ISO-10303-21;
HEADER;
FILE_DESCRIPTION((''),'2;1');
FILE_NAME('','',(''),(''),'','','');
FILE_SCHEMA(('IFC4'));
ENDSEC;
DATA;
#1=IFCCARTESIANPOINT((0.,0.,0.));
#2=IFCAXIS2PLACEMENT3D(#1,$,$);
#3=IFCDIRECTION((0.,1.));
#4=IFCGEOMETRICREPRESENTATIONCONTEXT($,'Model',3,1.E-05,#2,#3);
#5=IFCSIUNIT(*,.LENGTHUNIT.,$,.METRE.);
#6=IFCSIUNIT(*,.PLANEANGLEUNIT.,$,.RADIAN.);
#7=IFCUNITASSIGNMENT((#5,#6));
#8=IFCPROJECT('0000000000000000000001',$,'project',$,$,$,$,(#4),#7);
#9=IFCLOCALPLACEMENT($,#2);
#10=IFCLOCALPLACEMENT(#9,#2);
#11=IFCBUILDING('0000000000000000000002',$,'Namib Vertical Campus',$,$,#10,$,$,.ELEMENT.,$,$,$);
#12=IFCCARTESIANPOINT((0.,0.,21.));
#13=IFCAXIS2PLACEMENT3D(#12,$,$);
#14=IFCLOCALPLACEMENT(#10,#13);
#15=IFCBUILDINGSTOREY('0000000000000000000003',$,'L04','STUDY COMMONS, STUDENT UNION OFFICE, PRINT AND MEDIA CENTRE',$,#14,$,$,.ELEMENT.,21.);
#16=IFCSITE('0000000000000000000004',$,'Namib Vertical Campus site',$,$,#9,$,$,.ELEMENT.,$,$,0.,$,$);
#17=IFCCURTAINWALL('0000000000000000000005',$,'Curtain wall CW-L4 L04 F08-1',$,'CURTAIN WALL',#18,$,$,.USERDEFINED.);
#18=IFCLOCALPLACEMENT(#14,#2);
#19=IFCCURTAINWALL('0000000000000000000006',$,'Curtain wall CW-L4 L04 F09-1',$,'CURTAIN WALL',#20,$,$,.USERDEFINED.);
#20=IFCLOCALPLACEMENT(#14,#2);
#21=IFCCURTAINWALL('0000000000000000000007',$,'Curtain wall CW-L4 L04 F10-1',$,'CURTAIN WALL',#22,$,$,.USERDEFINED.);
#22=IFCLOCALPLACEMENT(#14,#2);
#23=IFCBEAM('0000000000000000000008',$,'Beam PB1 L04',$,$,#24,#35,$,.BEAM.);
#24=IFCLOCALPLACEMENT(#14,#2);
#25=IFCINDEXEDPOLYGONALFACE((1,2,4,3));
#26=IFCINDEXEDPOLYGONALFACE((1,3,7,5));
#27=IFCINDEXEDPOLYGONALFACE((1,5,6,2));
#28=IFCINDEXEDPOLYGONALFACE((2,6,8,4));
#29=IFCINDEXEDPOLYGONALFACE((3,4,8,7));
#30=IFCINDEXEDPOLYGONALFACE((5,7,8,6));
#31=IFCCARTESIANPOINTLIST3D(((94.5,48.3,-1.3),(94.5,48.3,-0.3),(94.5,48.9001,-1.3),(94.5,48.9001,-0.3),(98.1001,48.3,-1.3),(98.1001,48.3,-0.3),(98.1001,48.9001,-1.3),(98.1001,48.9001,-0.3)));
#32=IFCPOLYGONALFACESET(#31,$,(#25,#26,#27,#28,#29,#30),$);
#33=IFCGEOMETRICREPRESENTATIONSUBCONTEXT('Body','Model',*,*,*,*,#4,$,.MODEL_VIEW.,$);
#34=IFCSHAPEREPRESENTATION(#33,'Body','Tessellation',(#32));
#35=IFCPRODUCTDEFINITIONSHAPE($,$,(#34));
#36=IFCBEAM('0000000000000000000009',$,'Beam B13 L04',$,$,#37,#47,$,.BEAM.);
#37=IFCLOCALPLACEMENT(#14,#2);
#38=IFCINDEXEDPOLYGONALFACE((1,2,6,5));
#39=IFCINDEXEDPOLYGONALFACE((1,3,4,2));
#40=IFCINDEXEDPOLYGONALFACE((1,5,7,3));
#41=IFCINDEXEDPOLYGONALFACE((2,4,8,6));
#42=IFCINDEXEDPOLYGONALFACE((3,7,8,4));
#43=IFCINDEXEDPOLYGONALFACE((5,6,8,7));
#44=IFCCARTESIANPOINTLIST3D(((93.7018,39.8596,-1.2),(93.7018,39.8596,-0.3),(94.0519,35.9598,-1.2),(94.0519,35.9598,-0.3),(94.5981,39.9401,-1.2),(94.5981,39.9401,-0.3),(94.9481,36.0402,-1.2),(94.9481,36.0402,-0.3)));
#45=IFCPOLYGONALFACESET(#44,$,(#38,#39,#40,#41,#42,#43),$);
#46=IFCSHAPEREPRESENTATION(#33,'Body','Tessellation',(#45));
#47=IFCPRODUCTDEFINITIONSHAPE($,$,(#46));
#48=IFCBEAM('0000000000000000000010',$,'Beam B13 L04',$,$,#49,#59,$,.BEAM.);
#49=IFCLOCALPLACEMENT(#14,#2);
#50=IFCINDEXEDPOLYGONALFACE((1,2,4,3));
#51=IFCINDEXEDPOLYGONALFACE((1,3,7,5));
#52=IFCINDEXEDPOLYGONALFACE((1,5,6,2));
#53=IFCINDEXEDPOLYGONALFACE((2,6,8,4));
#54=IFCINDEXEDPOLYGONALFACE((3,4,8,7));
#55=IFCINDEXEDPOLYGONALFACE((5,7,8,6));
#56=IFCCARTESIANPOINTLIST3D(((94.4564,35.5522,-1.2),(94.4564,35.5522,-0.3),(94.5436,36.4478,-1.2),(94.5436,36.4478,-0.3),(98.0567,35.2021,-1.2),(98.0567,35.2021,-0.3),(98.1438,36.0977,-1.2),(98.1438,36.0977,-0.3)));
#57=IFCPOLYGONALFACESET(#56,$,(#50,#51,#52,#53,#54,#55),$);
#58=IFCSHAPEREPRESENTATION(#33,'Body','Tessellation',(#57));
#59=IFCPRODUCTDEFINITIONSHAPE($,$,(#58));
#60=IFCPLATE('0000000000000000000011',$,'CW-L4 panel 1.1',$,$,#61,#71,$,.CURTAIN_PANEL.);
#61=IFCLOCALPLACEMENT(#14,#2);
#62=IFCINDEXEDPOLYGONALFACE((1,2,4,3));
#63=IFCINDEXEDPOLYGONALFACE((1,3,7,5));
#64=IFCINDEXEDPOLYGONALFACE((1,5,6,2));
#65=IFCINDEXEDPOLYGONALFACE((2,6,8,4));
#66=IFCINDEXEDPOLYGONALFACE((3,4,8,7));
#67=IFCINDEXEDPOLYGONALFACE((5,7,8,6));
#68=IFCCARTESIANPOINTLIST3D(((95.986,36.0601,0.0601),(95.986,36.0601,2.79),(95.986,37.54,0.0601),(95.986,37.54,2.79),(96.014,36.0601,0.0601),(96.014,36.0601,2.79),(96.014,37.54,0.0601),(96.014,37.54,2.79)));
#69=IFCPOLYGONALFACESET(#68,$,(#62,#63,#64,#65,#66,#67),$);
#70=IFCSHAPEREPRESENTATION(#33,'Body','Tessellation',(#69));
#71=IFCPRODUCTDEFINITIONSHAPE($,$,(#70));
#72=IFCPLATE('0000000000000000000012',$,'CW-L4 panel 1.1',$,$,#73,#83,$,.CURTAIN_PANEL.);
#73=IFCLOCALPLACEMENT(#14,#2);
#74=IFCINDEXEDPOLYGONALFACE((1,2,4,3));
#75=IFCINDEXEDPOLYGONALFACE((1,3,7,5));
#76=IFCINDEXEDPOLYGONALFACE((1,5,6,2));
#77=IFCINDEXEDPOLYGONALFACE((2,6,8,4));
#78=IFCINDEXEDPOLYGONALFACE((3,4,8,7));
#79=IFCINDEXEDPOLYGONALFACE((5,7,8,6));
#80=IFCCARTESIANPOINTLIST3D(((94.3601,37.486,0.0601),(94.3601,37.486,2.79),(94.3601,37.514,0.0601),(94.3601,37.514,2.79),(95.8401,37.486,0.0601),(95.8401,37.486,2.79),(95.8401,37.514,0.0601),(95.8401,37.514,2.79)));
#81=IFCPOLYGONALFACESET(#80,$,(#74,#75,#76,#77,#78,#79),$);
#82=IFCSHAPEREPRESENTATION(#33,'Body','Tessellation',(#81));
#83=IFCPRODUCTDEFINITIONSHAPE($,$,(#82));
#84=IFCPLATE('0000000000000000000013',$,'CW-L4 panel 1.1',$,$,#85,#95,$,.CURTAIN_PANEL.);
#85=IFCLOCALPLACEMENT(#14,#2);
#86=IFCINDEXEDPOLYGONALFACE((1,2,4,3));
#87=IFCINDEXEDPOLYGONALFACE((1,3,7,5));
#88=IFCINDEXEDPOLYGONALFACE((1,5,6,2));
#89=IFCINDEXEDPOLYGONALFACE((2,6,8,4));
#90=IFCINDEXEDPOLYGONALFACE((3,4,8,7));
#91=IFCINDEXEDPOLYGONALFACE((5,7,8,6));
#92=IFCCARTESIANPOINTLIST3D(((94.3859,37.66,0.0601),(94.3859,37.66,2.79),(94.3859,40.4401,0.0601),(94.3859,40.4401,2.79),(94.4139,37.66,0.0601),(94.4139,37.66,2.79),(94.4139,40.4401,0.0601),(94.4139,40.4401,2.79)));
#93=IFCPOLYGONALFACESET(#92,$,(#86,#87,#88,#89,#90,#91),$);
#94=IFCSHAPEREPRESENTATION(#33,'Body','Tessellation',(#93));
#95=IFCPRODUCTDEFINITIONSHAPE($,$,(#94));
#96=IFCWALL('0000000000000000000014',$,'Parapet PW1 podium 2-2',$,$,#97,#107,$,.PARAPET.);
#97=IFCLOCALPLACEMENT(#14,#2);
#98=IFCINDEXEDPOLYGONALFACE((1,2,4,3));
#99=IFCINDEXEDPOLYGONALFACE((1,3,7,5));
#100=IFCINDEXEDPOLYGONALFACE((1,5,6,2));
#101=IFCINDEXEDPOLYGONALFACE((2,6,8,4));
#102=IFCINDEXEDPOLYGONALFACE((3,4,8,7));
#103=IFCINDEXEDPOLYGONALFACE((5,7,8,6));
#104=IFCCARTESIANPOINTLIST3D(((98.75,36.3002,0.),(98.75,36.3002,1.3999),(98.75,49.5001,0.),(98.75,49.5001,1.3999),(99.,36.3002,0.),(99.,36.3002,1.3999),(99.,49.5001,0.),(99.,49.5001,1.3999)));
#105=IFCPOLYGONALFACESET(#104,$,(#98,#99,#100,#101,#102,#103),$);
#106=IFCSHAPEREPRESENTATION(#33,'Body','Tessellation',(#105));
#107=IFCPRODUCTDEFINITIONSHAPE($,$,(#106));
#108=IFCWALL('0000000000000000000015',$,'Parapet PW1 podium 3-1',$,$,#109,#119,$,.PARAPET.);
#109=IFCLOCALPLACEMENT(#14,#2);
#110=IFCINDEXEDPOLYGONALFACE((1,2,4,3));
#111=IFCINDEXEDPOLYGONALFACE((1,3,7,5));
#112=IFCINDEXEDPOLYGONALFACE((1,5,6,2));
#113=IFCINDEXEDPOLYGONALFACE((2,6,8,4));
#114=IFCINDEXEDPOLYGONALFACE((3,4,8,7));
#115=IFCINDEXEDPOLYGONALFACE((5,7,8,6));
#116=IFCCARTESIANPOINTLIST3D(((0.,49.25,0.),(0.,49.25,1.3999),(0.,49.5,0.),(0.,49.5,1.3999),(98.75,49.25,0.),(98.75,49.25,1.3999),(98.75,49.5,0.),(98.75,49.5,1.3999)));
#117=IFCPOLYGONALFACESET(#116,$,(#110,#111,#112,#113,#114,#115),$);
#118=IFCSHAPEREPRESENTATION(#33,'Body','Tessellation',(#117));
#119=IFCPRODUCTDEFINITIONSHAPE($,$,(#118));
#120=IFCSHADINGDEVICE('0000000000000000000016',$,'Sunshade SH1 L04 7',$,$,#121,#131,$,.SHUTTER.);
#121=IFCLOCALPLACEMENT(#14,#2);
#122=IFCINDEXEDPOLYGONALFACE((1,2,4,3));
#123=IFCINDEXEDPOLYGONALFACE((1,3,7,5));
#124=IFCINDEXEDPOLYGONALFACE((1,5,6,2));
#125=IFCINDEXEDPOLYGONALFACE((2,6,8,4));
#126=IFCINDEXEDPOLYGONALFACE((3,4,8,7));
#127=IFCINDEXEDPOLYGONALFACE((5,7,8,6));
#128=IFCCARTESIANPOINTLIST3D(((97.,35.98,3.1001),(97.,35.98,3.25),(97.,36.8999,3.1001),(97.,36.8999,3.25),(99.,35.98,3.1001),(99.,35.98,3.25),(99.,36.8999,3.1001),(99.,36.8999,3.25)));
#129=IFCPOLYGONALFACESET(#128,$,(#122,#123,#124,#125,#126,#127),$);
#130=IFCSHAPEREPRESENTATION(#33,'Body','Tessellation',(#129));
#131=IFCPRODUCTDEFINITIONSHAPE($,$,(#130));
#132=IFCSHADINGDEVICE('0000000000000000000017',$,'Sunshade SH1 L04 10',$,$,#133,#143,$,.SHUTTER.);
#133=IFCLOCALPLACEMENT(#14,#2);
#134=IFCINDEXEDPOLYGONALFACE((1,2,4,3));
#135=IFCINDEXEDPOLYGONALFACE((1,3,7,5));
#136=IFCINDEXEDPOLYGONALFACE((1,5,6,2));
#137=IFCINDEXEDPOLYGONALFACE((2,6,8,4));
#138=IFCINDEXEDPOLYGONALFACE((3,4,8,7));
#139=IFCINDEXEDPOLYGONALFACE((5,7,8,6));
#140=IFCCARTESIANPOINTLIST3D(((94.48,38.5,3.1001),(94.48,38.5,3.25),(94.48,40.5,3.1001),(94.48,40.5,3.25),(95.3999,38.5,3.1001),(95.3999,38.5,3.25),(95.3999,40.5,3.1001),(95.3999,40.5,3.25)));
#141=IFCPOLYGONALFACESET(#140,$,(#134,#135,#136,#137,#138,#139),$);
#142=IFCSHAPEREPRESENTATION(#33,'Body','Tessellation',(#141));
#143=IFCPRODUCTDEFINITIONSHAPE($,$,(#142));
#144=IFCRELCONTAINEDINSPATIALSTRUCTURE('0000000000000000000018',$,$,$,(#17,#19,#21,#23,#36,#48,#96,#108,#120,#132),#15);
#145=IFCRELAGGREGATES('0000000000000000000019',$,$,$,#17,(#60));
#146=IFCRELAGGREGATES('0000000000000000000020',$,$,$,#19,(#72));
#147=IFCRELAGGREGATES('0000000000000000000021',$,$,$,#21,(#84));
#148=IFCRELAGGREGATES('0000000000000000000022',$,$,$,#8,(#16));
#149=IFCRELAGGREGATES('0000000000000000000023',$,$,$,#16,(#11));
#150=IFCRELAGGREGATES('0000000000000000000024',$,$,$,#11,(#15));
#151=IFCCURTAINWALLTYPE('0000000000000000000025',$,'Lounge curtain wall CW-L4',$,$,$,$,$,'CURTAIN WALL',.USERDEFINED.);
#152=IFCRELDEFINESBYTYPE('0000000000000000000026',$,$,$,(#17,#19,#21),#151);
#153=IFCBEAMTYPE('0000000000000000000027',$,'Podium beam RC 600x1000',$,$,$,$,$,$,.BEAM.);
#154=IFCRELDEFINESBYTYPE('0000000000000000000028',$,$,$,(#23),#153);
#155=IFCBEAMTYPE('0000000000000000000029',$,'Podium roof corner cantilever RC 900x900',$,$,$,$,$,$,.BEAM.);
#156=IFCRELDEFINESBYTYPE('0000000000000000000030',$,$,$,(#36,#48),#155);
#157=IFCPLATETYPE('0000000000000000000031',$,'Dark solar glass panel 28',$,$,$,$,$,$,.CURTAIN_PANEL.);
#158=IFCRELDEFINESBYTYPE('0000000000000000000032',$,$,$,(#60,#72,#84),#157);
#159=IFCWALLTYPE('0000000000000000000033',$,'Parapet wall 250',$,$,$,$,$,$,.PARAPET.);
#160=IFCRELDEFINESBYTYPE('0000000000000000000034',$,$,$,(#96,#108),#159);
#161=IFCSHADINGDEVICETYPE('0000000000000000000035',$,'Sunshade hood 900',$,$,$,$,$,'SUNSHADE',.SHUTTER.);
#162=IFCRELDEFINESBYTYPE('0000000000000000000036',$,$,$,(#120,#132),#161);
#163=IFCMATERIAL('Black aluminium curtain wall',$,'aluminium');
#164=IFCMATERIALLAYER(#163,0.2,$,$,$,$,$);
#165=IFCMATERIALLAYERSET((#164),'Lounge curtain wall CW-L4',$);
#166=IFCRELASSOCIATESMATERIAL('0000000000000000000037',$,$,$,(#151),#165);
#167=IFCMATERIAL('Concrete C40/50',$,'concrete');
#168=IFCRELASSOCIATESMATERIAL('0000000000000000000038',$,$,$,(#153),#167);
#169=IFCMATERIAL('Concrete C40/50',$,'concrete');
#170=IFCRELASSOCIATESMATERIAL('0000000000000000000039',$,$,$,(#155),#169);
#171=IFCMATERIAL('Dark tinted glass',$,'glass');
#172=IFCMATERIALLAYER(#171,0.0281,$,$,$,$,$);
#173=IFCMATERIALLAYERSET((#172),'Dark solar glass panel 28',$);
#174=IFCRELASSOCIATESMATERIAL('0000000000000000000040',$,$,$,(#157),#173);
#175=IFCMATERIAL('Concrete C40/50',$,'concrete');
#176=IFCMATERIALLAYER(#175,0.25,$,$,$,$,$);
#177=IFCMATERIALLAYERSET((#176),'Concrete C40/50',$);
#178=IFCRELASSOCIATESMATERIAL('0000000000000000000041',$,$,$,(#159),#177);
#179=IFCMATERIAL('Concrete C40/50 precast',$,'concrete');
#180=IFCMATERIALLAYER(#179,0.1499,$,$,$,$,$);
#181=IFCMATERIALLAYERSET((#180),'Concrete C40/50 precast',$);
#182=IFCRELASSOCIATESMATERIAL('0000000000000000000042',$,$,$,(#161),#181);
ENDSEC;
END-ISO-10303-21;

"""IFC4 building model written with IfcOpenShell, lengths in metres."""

from ifc_helpers import new_model, si_unit, direction, frame, frame_2d, origin, origin_2d, place, context, subcontext, project, spatial, rectangle, extrude, material, layer, layer_set, material_profile, profile_set, type_object, element, aggregate, save


model = new_model("IFC4")

# Units and contexts
model_context = context("Model", 3, precision=1e-05, world=origin(), true_north=direction((0.0, 1.0)))
body_context = subcontext(model_context, "Body", "Model", "MODEL_VIEW")
ifc_project = project(units=[si_unit("LENGTHUNIT", "METRE"), si_unit("PLANEANGLEUNIT", "RADIAN")], contexts=[model_context])

# Site, building, storey
site_placement = place(None, origin())
site = spatial("IfcSite", under=ifc_project, at=site_placement, Name="Namib Vertical Campus site", CompositionType="ELEMENT", RefElevation=0.0)
building_placement = place(site_placement, origin())
building = spatial("IfcBuilding", under=site, at=building_placement, Name="Namib Vertical Campus", CompositionType="ELEMENT")
storey_placement = place(building_placement, frame((0.0, 0.0, 21.0)))
storey = spatial("IfcBuildingStorey", under=building, at=storey_placement, Name="L04", Description="STUDY COMMONS, STUDENT UNION OFFICE, PRINT AND MEDIA CENTRE", CompositionType="ELEMENT", Elevation=21.0)

# Curtain walls
ifc_material_1 = material(Name="Black aluminium curtain wall", Category="aluminium")
ifc_layer_1 = layer(ifc_material_1, 0.2)
ifc_layer_set_1 = layer_set([ifc_layer_1], Name="Lounge curtain wall CW-L4")
curtain_wall_type = type_object("IfcCurtainWallType", Name="Lounge curtain wall CW-L4", ElementType="CURTAIN WALL", PredefinedType="USERDEFINED", material=ifc_layer_set_1)
curtain_wall_1_placement = place(storey_placement, origin())
curtain_wall_1 = element("IfcCurtainWall", 1, at=curtain_wall_1_placement, inside=storey, type_object=curtain_wall_type, Name="Curtain wall CW-L4 L04 F08-1", ObjectType="CURTAIN WALL", PredefinedType="USERDEFINED")
curtain_wall_2_placement = place(storey_placement, origin())
curtain_wall_2 = element("IfcCurtainWall", 2, at=curtain_wall_2_placement, inside=storey, type_object=curtain_wall_type, Name="Curtain wall CW-L4 L04 F09-1", ObjectType="CURTAIN WALL", PredefinedType="USERDEFINED")
curtain_wall_3_placement = place(storey_placement, origin())
curtain_wall_3 = element("IfcCurtainWall", 3, at=curtain_wall_3_placement, inside=storey, type_object=curtain_wall_type, Name="Curtain wall CW-L4 L04 F10-1", ObjectType="CURTAIN WALL", PredefinedType="USERDEFINED")

# Beams
ifc_material_2 = material(Name="Concrete C40/50", Category="concrete")
ifc_material_profile_1 = material_profile(ifc_material_2, rectangle(XDim=0.6001, YDim=1.0, at=origin_2d()))
ifc_profile_set_1 = profile_set([ifc_material_profile_1], Name="Concrete C40/50")
beam_type_1 = type_object("IfcBeamType", Name="Podium beam RC 600x1000", PredefinedType="BEAM", material=ifc_profile_set_1)
beam_1_placement = place(storey_placement, frame((94.5, 48.6001, -0.8), z_axis=(1.0, 0.0, 0.0), x_axis=(0.0, 1.0, 0.0)))
element("IfcBeam", 4, at=beam_1_placement, inside=storey, type_object=beam_type_1, Name="Beam PB1 L04", PredefinedType="BEAM", context=body_context, shape_type="SweptSolid", body=[
    extrude(rectangle(XDim=0.6001, YDim=1.0, at=origin_2d()), origin(), (0.0, 0.0, 1.0), 3.6001),
])
ifc_material_3 = material(Name="Concrete C40/50", Category="concrete")
ifc_material_profile_2 = material_profile(ifc_material_3, rectangle(XDim=0.8999, YDim=0.8999, at=origin_2d()))
ifc_profile_set_2 = profile_set([ifc_material_profile_2], Name="Concrete C40/50")
beam_type_2 = type_object("IfcBeamType", Name="Podium roof corner cantilever RC 900x900", PredefinedType="BEAM", material=ifc_profile_set_2)
beam_2_placement = place(storey_placement, frame((94.5, 36.0, -0.75), z_axis=(-0.089411, 0.995995, 0.0), x_axis=(-0.995995, -0.089411, 0.0)))
element("IfcBeam", 5, at=beam_2_placement, inside=storey, type_object=beam_type_2, Name="Beam B13 L04", PredefinedType="BEAM", context=body_context, shape_type="SweptSolid", body=[
    extrude(rectangle(XDim=0.8999, YDim=0.8999, at=origin_2d()), origin(), (0.0, 0.0, 1.0), 3.9155),
])
beam_3_placement = place(storey_placement, frame((94.5, 36.0, -0.75), z_axis=(0.995305, -0.09679, 0.0), x_axis=(0.09679, 0.995305, 0.0)))
element("IfcBeam", 6, at=beam_3_placement, inside=storey, type_object=beam_type_2, Name="Beam B13 L04", PredefinedType="BEAM", context=body_context, shape_type="SweptSolid", body=[
    extrude(rectangle(XDim=0.8999, YDim=0.8999, at=origin_2d()), origin(), (0.0, 0.0, 1.0), 3.6172),
])

# Plates
ifc_material_4 = material(Name="Dark tinted glass", Category="glass")
ifc_layer_2 = layer(ifc_material_4, 0.0281)
ifc_layer_set_2 = layer_set([ifc_layer_2], Name="Dark solar glass panel 28")
plate_type = type_object("IfcPlateType", Name="Dark solar glass panel 28", PredefinedType="CURTAIN_PANEL", material=ifc_layer_set_2)
plate_1_placement = place(storey_placement, frame((96.0, 36.8, 0.0601), z_axis=(0.0, 0.0, 1.0), x_axis=(0.0, 1.0, 0.0)))
plate_1 = element("IfcPlate", 7, at=plate_1_placement, type_object=plate_type, Name="CW-L4 panel 1.1", PredefinedType="CURTAIN_PANEL", context=body_context, shape_type="SweptSolid", body=[
    extrude(rectangle(XDim=1.48, YDim=0.0281, at=origin_2d()), origin(), (0.0, 0.0, 1.0), 2.73),
])
aggregate(curtain_wall_1, [plate_1])
plate_2_placement = place(storey_placement, frame((95.1001, 37.5, 0.0601), z_axis=(0.0, 0.0, 1.0), x_axis=(-1.0, 0.0, 0.0)))
plate_2 = element("IfcPlate", 8, at=plate_2_placement, type_object=plate_type, Name="CW-L4 panel 1.1", PredefinedType="CURTAIN_PANEL", context=body_context, shape_type="SweptSolid", body=[
    extrude(rectangle(XDim=1.48, YDim=0.0281, at=origin_2d()), origin(), (0.0, 0.0, 1.0), 2.73),
])
aggregate(curtain_wall_2, [plate_2])
plate_3_placement = place(storey_placement, frame((94.3999, 39.05, 0.0601), z_axis=(0.0, 0.0, 1.0), x_axis=(0.0, 1.0, 0.0)))
plate_3 = element("IfcPlate", 9, at=plate_3_placement, type_object=plate_type, Name="CW-L4 panel 1.1", PredefinedType="CURTAIN_PANEL", context=body_context, shape_type="SweptSolid", body=[
    extrude(rectangle(XDim=2.78, YDim=0.0281, at=origin_2d()), origin(), (0.0, 0.0, 1.0), 2.73),
])
aggregate(curtain_wall_3, [plate_3])

# Walls
ifc_material_5 = material(Name="Concrete C40/50", Category="concrete")
ifc_layer_3 = layer(ifc_material_5, 0.25)
ifc_layer_set_3 = layer_set([ifc_layer_3], Name="Concrete C40/50")
wall_type = type_object("IfcWallType", Name="Parapet wall 250", PredefinedType="PARAPET", material=ifc_layer_set_3)
wall_1_placement = place(storey_placement, frame((98.875, 36.3, 0.0), z_axis=(0.0, 0.0, 1.0), x_axis=(0.0, 1.0, 0.0)))
element("IfcWall", 10, at=wall_1_placement, inside=storey, type_object=wall_type, Name="Parapet PW1 podium 2-2", PredefinedType="PARAPET", context=body_context, shape_type="SweptSolid", body=[
    extrude(rectangle(XDim=13.2, YDim=0.25, at=frame_2d((6.6001, 0.0))), origin(), (0.0, 0.0, 1.0), 1.3999),
])
wall_2_placement = place(storey_placement, frame((98.75, 49.375, 0.0), z_axis=(0.0, 0.0, 1.0), x_axis=(-1.0, 0.0, 0.0)))
element("IfcWall", 11, at=wall_2_placement, inside=storey, type_object=wall_type, Name="Parapet PW1 podium 3-1", PredefinedType="PARAPET", context=body_context, shape_type="SweptSolid", body=[
    extrude(rectangle(XDim=98.75, YDim=0.25, at=frame_2d((49.375, 0.0))), origin(), (0.0, 0.0, 1.0), 1.3999),
])

# Shading devices
ifc_material_6 = material(Name="Concrete C40/50 precast", Category="concrete")
ifc_layer_4 = layer(ifc_material_6, 0.1499)
ifc_layer_set_4 = layer_set([ifc_layer_4], Name="Concrete C40/50 precast")
shading_device_type = type_object("IfcShadingDeviceType", Name="Sunshade hood 900", ElementType="SUNSHADE", PredefinedType="SHUTTER", material=ifc_layer_set_4)
for number, where, z_axis, x_axis, name in (
    (12, (98.0, 36.4399, 3.1001), (0.0, 0.0, 1.0), (-1.0, 0.0, 0.0), "Sunshade SH1 L04 7"),
    (13, (94.9399, 39.5, 3.1001), (0.0, 0.0, 1.0), (0.0, 1.0, 0.0), "Sunshade SH1 L04 10"),
):
    element("IfcShadingDevice", number, at=place(storey_placement, frame(where, z_axis=z_axis, x_axis=x_axis)), inside=storey, type_object=shading_device_type, Name=name, PredefinedType="SHUTTER", context=body_context, shape_type="SweptSolid", body=[
        extrude(rectangle(XDim=2.0, YDim=0.9199, at=origin_2d()), origin(), (0.0, 0.0, 1.0), 0.1499),
    ])

save(model, "model.ifc")
